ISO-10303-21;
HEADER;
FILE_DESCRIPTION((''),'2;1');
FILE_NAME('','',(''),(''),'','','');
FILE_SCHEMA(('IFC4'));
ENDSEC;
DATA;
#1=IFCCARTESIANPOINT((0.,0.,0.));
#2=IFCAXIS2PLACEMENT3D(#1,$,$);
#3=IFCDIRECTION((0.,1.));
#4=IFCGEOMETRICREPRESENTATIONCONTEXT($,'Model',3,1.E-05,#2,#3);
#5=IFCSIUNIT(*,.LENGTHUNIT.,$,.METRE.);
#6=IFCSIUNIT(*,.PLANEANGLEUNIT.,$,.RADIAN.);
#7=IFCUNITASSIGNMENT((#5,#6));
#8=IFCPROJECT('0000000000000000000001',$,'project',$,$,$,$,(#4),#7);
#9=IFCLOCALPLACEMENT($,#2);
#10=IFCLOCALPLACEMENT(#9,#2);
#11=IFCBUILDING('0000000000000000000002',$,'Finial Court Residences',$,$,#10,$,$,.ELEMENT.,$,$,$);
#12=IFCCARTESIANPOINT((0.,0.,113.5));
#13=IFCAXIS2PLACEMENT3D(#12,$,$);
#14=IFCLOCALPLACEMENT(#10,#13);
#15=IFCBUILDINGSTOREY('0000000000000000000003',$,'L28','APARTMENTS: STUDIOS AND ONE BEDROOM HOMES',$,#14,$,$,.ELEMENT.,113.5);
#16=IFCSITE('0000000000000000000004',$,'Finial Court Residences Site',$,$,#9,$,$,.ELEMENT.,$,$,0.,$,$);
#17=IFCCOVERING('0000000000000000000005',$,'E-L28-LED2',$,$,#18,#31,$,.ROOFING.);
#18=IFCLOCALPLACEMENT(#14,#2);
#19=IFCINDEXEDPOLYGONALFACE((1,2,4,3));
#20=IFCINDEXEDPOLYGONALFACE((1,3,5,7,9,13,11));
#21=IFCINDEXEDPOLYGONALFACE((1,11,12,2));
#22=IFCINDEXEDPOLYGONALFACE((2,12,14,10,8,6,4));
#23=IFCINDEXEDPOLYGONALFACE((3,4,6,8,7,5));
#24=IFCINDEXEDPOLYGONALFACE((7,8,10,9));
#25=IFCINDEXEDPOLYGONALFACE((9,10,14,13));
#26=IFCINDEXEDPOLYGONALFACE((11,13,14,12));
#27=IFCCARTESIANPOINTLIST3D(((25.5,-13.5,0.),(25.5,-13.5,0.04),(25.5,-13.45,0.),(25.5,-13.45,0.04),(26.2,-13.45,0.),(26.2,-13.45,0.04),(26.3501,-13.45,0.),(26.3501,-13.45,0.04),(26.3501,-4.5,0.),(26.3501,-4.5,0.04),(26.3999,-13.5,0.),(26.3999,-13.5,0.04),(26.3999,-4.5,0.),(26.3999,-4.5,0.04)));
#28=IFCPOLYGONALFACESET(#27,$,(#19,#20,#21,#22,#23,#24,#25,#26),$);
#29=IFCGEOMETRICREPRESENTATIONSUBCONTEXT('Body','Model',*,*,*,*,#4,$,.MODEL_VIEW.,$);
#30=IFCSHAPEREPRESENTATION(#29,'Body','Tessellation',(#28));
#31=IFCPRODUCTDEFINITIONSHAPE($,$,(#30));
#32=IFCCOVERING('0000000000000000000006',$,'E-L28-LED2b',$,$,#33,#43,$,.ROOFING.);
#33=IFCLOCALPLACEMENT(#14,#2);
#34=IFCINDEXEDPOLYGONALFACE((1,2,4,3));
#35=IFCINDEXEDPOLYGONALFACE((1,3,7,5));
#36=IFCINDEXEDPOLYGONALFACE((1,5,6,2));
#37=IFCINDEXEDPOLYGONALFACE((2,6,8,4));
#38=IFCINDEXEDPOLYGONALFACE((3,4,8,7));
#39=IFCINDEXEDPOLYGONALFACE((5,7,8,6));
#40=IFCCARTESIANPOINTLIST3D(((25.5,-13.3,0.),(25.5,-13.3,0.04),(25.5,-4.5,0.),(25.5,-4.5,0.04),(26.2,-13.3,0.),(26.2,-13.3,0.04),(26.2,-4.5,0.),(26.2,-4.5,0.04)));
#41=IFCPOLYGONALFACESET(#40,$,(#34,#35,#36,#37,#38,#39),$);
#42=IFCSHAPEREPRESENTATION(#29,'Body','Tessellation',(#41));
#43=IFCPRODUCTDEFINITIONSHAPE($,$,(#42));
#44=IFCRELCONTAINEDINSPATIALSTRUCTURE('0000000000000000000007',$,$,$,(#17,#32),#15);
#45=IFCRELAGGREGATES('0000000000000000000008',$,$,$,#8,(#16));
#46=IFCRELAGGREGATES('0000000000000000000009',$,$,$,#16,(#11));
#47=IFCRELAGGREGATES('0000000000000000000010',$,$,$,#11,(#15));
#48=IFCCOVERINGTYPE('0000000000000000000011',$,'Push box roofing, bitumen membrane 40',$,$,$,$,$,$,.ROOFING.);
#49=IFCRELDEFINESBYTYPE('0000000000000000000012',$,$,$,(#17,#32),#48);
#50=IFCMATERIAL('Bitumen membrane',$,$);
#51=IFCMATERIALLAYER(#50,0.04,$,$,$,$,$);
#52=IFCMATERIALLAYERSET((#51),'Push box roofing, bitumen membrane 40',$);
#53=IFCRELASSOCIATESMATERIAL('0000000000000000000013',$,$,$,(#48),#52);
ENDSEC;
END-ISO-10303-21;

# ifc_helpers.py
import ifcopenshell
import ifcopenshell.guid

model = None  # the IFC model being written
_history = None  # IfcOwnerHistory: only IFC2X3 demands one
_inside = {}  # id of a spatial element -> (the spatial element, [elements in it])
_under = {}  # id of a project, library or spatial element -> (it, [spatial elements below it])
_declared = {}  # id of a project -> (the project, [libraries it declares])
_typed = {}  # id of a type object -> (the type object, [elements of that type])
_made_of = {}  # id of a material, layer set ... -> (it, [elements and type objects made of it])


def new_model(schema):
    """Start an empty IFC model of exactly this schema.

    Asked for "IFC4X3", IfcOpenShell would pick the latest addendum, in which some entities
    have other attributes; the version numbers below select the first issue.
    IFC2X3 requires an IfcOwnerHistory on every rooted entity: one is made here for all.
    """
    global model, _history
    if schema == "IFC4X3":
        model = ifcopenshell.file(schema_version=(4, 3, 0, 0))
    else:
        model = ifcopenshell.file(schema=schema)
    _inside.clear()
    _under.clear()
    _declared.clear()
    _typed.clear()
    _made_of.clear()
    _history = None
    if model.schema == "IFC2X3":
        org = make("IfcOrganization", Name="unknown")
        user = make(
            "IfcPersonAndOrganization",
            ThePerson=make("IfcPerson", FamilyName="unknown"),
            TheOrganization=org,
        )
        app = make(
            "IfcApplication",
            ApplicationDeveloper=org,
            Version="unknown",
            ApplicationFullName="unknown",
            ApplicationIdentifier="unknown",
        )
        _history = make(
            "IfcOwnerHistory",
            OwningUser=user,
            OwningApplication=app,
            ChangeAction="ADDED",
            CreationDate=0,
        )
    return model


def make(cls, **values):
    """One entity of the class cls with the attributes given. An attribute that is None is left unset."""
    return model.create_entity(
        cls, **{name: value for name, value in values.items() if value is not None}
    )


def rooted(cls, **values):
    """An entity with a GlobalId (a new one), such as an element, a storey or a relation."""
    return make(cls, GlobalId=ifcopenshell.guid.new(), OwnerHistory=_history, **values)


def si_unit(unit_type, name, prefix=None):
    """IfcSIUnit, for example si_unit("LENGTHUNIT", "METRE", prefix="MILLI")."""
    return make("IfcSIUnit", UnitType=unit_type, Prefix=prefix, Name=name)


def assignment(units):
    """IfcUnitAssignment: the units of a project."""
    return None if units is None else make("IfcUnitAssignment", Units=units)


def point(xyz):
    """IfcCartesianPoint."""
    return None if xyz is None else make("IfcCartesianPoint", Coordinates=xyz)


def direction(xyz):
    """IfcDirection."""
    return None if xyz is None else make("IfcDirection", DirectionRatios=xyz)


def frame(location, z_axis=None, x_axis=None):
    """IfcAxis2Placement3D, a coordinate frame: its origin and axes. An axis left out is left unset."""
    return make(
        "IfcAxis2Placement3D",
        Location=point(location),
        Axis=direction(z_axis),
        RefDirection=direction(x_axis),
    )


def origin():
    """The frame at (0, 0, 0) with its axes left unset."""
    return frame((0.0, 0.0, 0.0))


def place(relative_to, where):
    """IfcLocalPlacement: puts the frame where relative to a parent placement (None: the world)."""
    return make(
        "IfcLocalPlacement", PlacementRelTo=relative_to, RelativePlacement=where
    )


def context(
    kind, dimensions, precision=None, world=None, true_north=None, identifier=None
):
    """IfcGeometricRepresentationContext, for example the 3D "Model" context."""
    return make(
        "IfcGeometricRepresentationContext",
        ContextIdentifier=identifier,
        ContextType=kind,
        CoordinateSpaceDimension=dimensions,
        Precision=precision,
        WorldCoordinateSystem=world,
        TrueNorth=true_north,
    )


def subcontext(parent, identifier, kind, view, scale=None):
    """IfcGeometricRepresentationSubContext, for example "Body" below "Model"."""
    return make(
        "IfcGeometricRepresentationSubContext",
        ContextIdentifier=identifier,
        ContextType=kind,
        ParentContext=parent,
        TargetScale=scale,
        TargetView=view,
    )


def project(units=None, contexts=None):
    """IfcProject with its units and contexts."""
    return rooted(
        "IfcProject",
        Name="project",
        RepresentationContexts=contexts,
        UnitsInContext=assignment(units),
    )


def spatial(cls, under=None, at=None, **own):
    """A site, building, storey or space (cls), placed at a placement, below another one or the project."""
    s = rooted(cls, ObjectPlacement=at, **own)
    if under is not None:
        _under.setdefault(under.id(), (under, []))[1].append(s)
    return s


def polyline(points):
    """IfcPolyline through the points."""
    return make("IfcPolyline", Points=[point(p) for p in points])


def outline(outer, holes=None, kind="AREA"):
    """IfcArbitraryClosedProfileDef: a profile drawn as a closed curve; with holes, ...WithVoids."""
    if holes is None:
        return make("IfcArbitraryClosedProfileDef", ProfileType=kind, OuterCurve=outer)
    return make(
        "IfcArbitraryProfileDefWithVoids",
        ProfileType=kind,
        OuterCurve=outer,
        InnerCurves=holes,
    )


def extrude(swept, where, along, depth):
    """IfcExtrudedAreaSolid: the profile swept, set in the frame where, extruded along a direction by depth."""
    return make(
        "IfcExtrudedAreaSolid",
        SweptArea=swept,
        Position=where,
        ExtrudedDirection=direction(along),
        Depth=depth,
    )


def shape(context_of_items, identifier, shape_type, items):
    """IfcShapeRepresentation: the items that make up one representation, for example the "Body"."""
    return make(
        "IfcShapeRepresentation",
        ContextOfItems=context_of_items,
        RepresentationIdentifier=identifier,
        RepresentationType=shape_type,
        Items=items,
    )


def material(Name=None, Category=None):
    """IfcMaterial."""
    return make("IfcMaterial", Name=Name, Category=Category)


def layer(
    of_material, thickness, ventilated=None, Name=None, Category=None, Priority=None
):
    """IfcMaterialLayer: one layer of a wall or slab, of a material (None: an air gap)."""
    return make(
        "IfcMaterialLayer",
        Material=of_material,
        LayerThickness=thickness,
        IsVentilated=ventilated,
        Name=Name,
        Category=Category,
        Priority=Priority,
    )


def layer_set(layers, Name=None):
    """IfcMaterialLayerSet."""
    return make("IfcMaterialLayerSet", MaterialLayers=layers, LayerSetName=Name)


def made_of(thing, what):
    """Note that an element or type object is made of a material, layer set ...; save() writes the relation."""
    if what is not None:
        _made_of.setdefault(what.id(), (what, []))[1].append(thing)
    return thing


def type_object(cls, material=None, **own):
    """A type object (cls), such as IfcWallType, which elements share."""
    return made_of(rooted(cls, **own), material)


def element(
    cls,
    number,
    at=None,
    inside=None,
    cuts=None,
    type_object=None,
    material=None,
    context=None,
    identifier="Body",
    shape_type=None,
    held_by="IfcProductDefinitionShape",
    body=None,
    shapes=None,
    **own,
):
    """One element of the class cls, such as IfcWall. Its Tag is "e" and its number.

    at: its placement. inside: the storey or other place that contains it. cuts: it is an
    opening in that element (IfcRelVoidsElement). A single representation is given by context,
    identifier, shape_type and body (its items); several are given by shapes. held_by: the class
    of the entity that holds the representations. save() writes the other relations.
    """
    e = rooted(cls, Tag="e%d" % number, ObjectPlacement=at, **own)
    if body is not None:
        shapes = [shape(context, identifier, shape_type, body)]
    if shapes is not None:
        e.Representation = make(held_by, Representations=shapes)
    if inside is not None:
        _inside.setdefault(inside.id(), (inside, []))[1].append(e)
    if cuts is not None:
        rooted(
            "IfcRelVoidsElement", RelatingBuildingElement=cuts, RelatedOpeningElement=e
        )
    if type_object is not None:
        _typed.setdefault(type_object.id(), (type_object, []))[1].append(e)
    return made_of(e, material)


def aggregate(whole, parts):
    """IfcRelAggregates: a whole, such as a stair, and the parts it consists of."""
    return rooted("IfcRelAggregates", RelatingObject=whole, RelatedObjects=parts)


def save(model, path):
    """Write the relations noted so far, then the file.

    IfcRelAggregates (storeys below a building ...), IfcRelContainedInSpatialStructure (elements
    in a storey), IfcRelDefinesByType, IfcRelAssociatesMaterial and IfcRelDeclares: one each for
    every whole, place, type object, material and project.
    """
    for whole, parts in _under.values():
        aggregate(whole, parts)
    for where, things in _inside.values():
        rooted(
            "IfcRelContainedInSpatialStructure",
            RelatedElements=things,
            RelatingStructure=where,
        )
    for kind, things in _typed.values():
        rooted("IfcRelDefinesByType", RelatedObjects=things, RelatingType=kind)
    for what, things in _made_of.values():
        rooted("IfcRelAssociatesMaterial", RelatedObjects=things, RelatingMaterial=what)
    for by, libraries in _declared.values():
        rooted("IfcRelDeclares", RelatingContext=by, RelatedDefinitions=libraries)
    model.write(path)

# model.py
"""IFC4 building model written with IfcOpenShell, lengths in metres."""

from ifc_helpers import new_model, si_unit, direction, frame, origin, place, context, subcontext, project, spatial, polyline, outline, extrude, material, layer, layer_set, type_object, element, save


model = new_model("IFC4")

# Units and contexts
model_context = context("Model", 3, precision=1e-05, world=origin(), true_north=direction((0.0, 1.0)))
body_context = subcontext(model_context, "Body", "Model", "MODEL_VIEW")
ifc_project = project(units=[si_unit("LENGTHUNIT", "METRE"), si_unit("PLANEANGLEUNIT", "RADIAN")], contexts=[model_context])

# Site, building, storey
site_placement = place(None, origin())
site = spatial("IfcSite", under=ifc_project, at=site_placement, Name="Finial Court Residences Site", CompositionType="ELEMENT", RefElevation=0.0)
building_placement = place(site_placement, origin())
building = spatial("IfcBuilding", under=site, at=building_placement, Name="Finial Court Residences", CompositionType="ELEMENT")
storey_placement = place(building_placement, frame((0.0, 0.0, 113.5)))
storey = spatial("IfcBuildingStorey", under=building, at=storey_placement, Name="L28", Description="APARTMENTS: STUDIOS AND ONE BEDROOM HOMES", CompositionType="ELEMENT", Elevation=113.5)

# Coverings
ifc_material_1 = material(Name="Bitumen membrane")
ifc_layer_1 = layer(ifc_material_1, 0.04)
ifc_layer_set_1 = layer_set([ifc_layer_1], Name="Push box roofing, bitumen membrane 40")
covering_type_1 = type_object("IfcCoveringType", Name="Push box roofing, bitumen membrane 40", PredefinedType="ROOFING", material=ifc_layer_set_1)
covering_1_placement = place(storey_placement, origin())
element("IfcCovering", 1, at=covering_1_placement, inside=storey, type_object=covering_type_1, Name="E-L28-LED2", PredefinedType="ROOFING", context=body_context, shape_type="SweptSolid", body=[
    extrude(outline(polyline([(25.5, -13.45), (26.2, -13.45), (26.3501, -13.45), (26.3501, -4.5), (26.3999, -4.5), (26.3999, -13.5), (25.5, -13.5), (25.5, -13.45)])), origin(), (0.0, 0.0, 1.0), 0.04),
])
covering_2_placement = place(storey_placement, origin())
element("IfcCovering", 2, at=covering_2_placement, inside=storey, type_object=covering_type_1, Name="E-L28-LED2b", PredefinedType="ROOFING", context=body_context, shape_type="SweptSolid", body=[
    extrude(outline(polyline([(25.5, -4.5), (26.2, -4.5), (26.2, -13.3), (25.5, -13.3), (25.5, -4.5)])), origin(), (0.0, 0.0, 1.0), 0.04),
])

save(model, "model.ifc")
